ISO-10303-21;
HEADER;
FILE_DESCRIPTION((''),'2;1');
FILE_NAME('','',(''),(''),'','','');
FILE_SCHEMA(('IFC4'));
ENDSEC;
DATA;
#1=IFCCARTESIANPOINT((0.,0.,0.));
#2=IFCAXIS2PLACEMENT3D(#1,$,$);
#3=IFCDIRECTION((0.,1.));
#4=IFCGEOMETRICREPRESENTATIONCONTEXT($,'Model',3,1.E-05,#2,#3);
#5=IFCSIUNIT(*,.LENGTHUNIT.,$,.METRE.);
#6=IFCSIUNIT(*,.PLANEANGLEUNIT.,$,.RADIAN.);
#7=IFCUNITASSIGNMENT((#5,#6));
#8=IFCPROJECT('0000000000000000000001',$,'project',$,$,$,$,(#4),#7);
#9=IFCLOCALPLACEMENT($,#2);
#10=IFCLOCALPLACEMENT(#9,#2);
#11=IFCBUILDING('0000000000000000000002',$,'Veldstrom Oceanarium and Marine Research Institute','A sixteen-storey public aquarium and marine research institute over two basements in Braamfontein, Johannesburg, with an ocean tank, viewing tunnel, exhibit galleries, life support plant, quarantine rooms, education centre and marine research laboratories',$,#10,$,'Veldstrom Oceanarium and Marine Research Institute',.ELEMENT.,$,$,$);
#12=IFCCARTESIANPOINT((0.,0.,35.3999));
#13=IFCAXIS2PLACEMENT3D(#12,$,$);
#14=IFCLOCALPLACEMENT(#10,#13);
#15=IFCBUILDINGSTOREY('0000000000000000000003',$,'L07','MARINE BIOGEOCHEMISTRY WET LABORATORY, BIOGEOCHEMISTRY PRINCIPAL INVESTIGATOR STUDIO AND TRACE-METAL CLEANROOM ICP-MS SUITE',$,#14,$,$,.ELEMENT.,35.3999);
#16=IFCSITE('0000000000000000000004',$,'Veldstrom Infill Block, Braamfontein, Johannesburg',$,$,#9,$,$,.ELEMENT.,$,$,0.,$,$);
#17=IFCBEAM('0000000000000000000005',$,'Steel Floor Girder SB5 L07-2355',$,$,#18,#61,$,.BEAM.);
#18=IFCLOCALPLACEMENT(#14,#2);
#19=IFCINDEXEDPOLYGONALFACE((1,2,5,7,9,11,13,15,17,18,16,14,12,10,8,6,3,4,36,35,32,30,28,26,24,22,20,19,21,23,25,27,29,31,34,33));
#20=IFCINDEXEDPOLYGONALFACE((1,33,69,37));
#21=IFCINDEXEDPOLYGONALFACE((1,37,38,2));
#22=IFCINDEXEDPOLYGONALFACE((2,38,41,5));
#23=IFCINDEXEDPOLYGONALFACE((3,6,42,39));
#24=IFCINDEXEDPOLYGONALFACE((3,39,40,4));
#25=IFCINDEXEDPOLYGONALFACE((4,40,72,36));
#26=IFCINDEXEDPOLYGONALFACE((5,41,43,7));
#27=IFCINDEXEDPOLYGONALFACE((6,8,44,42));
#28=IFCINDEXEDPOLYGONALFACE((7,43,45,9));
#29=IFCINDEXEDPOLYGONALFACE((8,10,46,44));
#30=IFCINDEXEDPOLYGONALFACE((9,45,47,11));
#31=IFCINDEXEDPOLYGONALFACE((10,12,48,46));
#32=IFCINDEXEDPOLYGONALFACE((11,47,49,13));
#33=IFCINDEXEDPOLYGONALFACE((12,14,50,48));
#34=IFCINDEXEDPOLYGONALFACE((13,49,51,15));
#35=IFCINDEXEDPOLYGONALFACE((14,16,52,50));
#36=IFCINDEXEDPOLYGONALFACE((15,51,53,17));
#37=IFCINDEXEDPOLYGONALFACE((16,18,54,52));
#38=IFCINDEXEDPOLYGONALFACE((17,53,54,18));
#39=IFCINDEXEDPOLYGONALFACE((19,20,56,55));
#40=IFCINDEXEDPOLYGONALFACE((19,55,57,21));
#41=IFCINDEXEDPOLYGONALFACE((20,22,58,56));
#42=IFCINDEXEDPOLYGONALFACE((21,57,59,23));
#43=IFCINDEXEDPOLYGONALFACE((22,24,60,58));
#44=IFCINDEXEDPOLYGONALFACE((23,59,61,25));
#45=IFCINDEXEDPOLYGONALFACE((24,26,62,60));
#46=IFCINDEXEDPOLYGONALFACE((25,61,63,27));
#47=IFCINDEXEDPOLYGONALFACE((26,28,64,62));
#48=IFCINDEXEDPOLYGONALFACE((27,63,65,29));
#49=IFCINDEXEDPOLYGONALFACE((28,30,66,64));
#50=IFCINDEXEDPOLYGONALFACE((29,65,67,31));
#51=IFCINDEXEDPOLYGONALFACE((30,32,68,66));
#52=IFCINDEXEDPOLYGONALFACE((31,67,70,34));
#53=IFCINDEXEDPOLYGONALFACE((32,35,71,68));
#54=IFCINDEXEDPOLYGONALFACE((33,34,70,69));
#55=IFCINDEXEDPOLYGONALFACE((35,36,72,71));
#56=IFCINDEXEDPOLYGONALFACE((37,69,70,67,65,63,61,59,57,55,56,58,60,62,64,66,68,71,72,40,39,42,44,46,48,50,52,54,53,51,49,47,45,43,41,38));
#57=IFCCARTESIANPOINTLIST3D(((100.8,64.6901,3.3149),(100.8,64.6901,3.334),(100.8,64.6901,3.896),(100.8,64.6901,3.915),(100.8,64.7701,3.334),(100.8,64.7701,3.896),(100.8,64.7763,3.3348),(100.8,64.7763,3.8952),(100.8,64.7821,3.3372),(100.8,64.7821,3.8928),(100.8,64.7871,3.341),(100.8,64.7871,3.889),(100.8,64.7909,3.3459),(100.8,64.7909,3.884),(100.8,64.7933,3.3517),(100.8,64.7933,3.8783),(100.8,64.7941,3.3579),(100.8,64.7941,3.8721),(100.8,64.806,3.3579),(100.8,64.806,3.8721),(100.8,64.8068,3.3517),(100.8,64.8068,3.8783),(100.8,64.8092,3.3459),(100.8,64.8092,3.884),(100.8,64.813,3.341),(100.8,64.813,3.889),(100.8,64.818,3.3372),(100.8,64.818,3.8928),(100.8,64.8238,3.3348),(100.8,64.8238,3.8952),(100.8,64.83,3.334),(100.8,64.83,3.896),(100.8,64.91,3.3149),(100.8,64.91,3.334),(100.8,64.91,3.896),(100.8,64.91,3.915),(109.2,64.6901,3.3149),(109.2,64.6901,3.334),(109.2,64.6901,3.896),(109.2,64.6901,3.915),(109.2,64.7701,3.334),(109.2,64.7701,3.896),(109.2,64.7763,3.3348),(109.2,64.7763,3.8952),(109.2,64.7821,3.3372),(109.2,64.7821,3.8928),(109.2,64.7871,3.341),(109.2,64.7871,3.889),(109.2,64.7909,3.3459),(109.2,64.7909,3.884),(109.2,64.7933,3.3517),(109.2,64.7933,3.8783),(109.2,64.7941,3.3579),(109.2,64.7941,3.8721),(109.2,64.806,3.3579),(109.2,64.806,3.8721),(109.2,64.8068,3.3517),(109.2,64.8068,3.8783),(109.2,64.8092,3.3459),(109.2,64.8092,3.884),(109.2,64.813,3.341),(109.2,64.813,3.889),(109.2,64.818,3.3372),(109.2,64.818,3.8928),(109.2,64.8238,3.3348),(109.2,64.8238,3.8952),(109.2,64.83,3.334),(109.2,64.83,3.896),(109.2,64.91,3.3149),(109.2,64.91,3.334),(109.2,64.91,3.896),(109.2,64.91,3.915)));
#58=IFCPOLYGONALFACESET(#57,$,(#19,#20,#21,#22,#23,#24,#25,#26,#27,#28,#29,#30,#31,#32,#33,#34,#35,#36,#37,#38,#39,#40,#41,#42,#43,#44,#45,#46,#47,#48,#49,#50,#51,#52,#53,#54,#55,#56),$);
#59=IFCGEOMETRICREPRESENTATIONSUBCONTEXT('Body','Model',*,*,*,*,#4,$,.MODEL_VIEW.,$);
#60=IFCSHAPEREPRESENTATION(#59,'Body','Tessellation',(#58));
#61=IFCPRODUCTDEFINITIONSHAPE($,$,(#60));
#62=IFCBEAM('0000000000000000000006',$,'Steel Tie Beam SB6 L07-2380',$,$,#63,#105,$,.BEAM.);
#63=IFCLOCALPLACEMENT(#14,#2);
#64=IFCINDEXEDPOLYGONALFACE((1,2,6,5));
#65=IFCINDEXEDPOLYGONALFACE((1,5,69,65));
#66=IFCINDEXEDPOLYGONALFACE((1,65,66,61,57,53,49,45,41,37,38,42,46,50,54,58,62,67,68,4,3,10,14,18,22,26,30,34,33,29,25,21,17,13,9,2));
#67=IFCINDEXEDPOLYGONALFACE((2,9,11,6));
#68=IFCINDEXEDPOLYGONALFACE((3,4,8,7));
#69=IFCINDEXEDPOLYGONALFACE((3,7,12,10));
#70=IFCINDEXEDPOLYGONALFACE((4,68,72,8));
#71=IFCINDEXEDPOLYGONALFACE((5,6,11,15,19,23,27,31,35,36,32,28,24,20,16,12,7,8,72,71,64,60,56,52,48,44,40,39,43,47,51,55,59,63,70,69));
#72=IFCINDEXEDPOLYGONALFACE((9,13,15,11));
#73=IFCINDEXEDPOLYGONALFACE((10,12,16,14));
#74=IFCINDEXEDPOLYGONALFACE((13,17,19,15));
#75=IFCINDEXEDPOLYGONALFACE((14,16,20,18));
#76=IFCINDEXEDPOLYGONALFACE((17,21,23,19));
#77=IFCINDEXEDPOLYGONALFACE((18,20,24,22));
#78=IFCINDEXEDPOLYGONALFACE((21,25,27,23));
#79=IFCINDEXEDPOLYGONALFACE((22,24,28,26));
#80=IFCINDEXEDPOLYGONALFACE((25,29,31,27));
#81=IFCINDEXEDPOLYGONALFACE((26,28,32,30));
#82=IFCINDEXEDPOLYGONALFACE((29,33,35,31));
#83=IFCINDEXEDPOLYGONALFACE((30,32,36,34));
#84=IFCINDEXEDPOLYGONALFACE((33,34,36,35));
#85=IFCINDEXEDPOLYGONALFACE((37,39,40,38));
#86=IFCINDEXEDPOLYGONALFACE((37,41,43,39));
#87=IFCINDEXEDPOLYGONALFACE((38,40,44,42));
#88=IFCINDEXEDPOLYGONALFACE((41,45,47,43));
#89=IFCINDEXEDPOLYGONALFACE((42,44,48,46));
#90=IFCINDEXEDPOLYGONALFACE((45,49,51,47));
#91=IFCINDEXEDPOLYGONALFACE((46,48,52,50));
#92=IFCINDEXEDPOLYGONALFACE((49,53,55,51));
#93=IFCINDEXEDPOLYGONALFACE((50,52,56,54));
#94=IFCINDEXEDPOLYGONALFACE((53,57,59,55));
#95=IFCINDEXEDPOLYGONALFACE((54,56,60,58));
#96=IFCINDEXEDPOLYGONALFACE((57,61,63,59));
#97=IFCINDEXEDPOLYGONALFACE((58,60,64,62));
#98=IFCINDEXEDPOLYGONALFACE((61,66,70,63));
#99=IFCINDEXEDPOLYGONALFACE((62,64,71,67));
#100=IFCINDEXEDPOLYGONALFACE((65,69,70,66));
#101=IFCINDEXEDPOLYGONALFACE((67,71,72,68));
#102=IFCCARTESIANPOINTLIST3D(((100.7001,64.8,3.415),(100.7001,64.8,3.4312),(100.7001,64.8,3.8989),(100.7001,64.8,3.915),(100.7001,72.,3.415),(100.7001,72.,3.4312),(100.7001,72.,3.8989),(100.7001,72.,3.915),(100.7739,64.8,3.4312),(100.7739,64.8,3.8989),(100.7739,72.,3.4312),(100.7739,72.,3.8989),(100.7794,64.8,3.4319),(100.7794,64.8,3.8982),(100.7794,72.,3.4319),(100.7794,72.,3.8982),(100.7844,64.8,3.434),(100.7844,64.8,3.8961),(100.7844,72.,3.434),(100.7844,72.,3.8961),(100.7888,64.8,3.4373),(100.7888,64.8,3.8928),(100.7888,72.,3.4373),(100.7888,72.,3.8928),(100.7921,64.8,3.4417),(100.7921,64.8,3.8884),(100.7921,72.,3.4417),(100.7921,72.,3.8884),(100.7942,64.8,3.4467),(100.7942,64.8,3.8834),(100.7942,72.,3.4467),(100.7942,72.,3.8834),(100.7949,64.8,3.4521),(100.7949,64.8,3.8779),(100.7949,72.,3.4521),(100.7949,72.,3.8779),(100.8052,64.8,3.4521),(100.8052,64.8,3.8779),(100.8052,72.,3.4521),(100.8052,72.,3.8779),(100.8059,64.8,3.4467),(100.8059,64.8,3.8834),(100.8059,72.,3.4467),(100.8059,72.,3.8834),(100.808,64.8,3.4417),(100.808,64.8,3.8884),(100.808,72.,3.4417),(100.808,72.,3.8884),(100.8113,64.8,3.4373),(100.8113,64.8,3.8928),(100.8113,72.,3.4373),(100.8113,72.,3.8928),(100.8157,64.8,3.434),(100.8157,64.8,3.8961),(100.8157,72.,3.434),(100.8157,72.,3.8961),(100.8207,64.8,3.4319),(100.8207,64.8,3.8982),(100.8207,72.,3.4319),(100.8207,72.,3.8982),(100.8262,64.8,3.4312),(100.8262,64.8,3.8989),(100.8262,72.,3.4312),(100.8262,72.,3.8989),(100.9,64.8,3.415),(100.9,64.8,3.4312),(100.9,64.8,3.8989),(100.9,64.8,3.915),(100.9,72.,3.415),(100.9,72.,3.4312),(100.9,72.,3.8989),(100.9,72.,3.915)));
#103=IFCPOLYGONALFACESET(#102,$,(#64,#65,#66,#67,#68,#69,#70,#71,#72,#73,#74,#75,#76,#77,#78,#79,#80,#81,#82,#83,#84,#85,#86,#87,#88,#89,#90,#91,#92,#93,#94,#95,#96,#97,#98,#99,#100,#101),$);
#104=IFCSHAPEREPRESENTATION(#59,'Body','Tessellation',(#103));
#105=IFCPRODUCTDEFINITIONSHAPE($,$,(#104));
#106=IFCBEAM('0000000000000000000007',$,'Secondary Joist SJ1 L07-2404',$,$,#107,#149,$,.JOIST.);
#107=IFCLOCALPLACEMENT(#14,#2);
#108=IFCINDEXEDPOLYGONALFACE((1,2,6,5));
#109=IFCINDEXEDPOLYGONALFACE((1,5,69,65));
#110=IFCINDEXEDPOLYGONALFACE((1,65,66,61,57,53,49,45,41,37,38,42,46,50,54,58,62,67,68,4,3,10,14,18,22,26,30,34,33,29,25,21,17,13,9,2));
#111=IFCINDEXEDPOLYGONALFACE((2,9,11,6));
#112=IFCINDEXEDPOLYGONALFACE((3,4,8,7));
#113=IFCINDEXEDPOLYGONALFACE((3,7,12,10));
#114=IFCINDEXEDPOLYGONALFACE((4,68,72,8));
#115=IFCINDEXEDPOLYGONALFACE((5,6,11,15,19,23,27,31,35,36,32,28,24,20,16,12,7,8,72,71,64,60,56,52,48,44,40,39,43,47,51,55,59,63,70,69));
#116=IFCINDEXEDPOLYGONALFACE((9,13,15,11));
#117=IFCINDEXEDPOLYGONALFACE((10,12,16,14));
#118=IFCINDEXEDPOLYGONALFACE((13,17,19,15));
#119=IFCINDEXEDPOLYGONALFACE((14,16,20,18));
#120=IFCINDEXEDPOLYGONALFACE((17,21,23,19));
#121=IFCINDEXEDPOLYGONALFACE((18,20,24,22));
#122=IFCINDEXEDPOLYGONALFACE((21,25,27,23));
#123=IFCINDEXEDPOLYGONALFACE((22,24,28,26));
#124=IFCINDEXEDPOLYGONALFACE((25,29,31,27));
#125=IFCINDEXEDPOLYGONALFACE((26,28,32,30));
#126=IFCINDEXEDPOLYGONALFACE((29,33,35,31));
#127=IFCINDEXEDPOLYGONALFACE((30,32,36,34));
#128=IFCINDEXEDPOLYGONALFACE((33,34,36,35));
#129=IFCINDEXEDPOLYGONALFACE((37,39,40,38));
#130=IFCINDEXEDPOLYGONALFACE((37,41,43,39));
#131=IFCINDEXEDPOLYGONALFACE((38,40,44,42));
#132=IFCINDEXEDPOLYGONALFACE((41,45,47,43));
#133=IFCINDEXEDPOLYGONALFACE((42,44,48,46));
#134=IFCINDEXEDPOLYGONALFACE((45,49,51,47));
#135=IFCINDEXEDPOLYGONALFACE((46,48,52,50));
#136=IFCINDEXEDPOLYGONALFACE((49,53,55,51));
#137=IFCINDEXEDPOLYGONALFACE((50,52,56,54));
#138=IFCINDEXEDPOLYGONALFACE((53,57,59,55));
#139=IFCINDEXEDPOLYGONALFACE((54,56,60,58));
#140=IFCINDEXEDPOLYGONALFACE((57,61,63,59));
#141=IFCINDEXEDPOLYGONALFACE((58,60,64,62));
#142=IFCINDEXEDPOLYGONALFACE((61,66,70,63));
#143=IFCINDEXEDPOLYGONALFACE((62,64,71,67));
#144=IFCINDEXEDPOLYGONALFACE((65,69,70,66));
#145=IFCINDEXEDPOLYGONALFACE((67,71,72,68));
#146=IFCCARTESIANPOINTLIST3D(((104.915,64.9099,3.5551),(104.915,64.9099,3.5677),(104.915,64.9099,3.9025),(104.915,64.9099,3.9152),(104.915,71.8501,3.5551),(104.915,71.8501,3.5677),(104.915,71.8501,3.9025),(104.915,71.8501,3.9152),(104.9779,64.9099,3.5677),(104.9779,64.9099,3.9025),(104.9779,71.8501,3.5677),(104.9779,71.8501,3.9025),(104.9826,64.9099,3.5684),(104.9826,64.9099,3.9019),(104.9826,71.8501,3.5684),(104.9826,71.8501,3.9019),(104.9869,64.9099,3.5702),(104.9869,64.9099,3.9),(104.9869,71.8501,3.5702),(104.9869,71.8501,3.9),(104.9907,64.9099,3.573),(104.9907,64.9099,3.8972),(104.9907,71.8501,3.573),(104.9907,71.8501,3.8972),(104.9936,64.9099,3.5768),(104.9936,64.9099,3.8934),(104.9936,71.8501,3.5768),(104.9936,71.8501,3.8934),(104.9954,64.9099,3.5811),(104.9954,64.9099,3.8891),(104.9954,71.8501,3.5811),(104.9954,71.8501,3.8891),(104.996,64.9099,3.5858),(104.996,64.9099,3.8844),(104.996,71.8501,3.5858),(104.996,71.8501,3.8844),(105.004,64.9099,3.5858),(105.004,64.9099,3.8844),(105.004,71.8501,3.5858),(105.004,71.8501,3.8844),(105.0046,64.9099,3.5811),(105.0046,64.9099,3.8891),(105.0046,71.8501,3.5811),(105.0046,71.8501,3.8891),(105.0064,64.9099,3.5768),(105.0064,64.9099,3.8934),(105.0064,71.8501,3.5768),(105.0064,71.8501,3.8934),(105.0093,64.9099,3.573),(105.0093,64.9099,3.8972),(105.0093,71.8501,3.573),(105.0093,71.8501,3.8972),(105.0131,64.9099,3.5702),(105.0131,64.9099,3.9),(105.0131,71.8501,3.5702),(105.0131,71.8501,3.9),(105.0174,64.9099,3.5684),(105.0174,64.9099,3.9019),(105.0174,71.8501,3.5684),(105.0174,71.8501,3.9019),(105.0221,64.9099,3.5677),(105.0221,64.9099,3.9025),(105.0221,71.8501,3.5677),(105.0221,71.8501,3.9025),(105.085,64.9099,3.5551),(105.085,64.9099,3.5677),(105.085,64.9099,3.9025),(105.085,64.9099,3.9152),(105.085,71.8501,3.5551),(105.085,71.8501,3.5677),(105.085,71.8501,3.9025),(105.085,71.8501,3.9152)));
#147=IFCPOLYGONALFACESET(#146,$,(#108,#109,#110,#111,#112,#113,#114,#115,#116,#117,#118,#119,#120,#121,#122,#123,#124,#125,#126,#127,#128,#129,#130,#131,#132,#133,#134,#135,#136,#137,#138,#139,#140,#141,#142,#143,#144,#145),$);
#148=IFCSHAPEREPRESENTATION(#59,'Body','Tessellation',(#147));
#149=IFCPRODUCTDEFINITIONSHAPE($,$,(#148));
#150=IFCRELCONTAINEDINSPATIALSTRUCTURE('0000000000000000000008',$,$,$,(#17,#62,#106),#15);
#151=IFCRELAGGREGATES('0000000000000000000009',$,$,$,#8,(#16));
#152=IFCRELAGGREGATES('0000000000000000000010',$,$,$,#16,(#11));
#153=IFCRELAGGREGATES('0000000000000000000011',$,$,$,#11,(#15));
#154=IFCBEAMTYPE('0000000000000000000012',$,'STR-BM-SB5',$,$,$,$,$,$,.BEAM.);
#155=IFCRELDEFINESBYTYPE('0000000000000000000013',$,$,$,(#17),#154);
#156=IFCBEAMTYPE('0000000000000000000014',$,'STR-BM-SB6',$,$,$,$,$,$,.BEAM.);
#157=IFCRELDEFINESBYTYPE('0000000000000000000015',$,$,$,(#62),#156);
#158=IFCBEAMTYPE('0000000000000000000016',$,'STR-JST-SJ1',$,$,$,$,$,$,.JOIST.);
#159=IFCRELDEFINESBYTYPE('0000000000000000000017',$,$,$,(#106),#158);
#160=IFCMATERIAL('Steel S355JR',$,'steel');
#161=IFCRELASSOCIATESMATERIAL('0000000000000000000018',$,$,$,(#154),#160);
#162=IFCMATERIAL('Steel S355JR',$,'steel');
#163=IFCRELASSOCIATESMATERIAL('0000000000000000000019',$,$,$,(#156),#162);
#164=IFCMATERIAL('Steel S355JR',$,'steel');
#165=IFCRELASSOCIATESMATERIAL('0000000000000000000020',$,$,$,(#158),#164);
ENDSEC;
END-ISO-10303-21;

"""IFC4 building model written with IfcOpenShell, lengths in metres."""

from ifc_helpers import new_model, si_unit, direction, frame, origin, origin_2d, place, context, subcontext, project, spatial, i_section, extrude, material, material_profile, profile_set, type_object, element, save


model = new_model("IFC4")

# Units and contexts
model_context = context("Model", 3, precision=1e-05, world=origin(), true_north=direction((0.0, 1.0)))
body_context = subcontext(model_context, "Body", "Model", "MODEL_VIEW")
ifc_project = project(units=[si_unit("LENGTHUNIT", "METRE"), si_unit("PLANEANGLEUNIT", "RADIAN")], contexts=[model_context])

# Site, building, storey
site_placement = place(None, origin())
site = spatial("IfcSite", under=ifc_project, at=site_placement, Name="Veldstrom Infill Block, Braamfontein, Johannesburg", CompositionType="ELEMENT", RefElevation=0.0)
building_placement = place(site_placement, origin())
building = spatial("IfcBuilding", under=site, at=building_placement, Name="Veldstrom Oceanarium and Marine Research Institute", Description="A sixteen-storey public aquarium and marine research institute over two basements in Braamfontein, Johannesburg, with an ocean tank, viewing tunnel, exhibit galleries, life support plant, quarantine rooms, education centre and marine research laboratories", LongName="Veldstrom Oceanarium and Marine Research Institute", CompositionType="ELEMENT")
storey_placement = place(building_placement, frame((0.0, 0.0, 35.3999)))
storey = spatial("IfcBuildingStorey", under=building, at=storey_placement, Name="L07", Description="MARINE BIOGEOCHEMISTRY WET LABORATORY, BIOGEOCHEMISTRY PRINCIPAL INVESTIGATOR STUDIO AND TRACE-METAL CLEANROOM ICP-MS SUITE", CompositionType="ELEMENT", Elevation=35.3999)

# Beams
ifc_material_1 = material(Name="Steel S355JR", Category="steel")
ifc_material_profile_1 = material_profile(ifc_material_1, i_section(OverallWidth=0.22, OverallDepth=0.6001, WebThickness=0.012, FlangeThickness=0.019, FilletRadius=0.0239, at=origin_2d()), Name="IPE 600")
ifc_profile_set_1 = profile_set([ifc_material_profile_1], Name="Steel S355JR")
beam_type_1 = type_object("IfcBeamType", Name="STR-BM-SB5", PredefinedType="BEAM", material=ifc_profile_set_1)
for number, where, z_axis, x_axis, name in (
    (1, (100.8, 64.8, 3.615), (1.0, 0.0, 0.0), (0.0, 1.0, 0.0), "Steel Floor Girder SB5 L07-2355"),
):
    element("IfcBeam", number, at=place(storey_placement, frame(where, z_axis=z_axis, x_axis=x_axis)), inside=storey, type_object=beam_type_1, Name=name, PredefinedType="BEAM", context=body_context, shape_type="SweptSolid", body=[
        extrude(i_section(OverallWidth=0.22, OverallDepth=0.6001, WebThickness=0.012, FlangeThickness=0.019, FilletRadius=0.0239, at=origin_2d()), origin(), (0.0, 0.0, 1.0), 8.3999),
    ])
ifc_material_2 = material(Name="Steel S355JR", Category="steel")
ifc_material_profile_2 = material_profile(ifc_material_2, i_section(OverallWidth=0.2, OverallDepth=0.5, WebThickness=0.0103, FlangeThickness=0.0161, FilletRadius=0.021, at=origin_2d()), Name="IPE 500")
ifc_profile_set_2 = profile_set([ifc_material_profile_2], Name="Steel S355JR")
beam_type_2 = type_object("IfcBeamType", Name="STR-BM-SB6", PredefinedType="BEAM", material=ifc_profile_set_2)
beam_1_placement = place(storey_placement, frame((100.8, 64.8, 3.665), z_axis=(0.0, 1.0, 0.0), x_axis=(-1.0, 0.0, 0.0)))
element("IfcBeam", 2, at=beam_1_placement, inside=storey, type_object=beam_type_2, Name="Steel Tie Beam SB6 L07-2380", PredefinedType="BEAM", context=body_context, shape_type="SweptSolid", body=[
    extrude(i_section(OverallWidth=0.2, OverallDepth=0.5, WebThickness=0.0103, FlangeThickness=0.0161, FilletRadius=0.021, at=origin_2d()), origin(), (0.0, 0.0, 1.0), 7.2),
])
ifc_material_3 = material(Name="Steel S355JR", Category="steel")
ifc_material_profile_3 = material_profile(ifc_material_3, i_section(OverallWidth=0.1699, OverallDepth=0.3601, WebThickness=0.0081, FlangeThickness=0.0127, FilletRadius=0.0181, at=origin_2d()), Name="IPE 360")
ifc_profile_set_3 = profile_set([ifc_material_profile_3], Name="Steel S355JR")
beam_type_3 = type_object("IfcBeamType", Name="STR-JST-SJ1", PredefinedType="JOIST", material=ifc_profile_set_3)
beam_2_placement = place(storey_placement, frame((105.0, 64.9099, 3.7351), z_axis=(0.0, 1.0, 0.0), x_axis=(-1.0, 0.0, 0.0)))
element("IfcBeam", 3, at=beam_2_placement, inside=storey, type_object=beam_type_3, Name="Secondary Joist SJ1 L07-2404", PredefinedType="JOIST", context=body_context, shape_type="SweptSolid", body=[
    extrude(i_section(OverallWidth=0.1699, OverallDepth=0.3601, WebThickness=0.0081, FlangeThickness=0.0127, FilletRadius=0.0181, at=origin_2d()), origin(), (0.0, 0.0, 1.0), 6.9402),
])

save(model, "model.ifc")
